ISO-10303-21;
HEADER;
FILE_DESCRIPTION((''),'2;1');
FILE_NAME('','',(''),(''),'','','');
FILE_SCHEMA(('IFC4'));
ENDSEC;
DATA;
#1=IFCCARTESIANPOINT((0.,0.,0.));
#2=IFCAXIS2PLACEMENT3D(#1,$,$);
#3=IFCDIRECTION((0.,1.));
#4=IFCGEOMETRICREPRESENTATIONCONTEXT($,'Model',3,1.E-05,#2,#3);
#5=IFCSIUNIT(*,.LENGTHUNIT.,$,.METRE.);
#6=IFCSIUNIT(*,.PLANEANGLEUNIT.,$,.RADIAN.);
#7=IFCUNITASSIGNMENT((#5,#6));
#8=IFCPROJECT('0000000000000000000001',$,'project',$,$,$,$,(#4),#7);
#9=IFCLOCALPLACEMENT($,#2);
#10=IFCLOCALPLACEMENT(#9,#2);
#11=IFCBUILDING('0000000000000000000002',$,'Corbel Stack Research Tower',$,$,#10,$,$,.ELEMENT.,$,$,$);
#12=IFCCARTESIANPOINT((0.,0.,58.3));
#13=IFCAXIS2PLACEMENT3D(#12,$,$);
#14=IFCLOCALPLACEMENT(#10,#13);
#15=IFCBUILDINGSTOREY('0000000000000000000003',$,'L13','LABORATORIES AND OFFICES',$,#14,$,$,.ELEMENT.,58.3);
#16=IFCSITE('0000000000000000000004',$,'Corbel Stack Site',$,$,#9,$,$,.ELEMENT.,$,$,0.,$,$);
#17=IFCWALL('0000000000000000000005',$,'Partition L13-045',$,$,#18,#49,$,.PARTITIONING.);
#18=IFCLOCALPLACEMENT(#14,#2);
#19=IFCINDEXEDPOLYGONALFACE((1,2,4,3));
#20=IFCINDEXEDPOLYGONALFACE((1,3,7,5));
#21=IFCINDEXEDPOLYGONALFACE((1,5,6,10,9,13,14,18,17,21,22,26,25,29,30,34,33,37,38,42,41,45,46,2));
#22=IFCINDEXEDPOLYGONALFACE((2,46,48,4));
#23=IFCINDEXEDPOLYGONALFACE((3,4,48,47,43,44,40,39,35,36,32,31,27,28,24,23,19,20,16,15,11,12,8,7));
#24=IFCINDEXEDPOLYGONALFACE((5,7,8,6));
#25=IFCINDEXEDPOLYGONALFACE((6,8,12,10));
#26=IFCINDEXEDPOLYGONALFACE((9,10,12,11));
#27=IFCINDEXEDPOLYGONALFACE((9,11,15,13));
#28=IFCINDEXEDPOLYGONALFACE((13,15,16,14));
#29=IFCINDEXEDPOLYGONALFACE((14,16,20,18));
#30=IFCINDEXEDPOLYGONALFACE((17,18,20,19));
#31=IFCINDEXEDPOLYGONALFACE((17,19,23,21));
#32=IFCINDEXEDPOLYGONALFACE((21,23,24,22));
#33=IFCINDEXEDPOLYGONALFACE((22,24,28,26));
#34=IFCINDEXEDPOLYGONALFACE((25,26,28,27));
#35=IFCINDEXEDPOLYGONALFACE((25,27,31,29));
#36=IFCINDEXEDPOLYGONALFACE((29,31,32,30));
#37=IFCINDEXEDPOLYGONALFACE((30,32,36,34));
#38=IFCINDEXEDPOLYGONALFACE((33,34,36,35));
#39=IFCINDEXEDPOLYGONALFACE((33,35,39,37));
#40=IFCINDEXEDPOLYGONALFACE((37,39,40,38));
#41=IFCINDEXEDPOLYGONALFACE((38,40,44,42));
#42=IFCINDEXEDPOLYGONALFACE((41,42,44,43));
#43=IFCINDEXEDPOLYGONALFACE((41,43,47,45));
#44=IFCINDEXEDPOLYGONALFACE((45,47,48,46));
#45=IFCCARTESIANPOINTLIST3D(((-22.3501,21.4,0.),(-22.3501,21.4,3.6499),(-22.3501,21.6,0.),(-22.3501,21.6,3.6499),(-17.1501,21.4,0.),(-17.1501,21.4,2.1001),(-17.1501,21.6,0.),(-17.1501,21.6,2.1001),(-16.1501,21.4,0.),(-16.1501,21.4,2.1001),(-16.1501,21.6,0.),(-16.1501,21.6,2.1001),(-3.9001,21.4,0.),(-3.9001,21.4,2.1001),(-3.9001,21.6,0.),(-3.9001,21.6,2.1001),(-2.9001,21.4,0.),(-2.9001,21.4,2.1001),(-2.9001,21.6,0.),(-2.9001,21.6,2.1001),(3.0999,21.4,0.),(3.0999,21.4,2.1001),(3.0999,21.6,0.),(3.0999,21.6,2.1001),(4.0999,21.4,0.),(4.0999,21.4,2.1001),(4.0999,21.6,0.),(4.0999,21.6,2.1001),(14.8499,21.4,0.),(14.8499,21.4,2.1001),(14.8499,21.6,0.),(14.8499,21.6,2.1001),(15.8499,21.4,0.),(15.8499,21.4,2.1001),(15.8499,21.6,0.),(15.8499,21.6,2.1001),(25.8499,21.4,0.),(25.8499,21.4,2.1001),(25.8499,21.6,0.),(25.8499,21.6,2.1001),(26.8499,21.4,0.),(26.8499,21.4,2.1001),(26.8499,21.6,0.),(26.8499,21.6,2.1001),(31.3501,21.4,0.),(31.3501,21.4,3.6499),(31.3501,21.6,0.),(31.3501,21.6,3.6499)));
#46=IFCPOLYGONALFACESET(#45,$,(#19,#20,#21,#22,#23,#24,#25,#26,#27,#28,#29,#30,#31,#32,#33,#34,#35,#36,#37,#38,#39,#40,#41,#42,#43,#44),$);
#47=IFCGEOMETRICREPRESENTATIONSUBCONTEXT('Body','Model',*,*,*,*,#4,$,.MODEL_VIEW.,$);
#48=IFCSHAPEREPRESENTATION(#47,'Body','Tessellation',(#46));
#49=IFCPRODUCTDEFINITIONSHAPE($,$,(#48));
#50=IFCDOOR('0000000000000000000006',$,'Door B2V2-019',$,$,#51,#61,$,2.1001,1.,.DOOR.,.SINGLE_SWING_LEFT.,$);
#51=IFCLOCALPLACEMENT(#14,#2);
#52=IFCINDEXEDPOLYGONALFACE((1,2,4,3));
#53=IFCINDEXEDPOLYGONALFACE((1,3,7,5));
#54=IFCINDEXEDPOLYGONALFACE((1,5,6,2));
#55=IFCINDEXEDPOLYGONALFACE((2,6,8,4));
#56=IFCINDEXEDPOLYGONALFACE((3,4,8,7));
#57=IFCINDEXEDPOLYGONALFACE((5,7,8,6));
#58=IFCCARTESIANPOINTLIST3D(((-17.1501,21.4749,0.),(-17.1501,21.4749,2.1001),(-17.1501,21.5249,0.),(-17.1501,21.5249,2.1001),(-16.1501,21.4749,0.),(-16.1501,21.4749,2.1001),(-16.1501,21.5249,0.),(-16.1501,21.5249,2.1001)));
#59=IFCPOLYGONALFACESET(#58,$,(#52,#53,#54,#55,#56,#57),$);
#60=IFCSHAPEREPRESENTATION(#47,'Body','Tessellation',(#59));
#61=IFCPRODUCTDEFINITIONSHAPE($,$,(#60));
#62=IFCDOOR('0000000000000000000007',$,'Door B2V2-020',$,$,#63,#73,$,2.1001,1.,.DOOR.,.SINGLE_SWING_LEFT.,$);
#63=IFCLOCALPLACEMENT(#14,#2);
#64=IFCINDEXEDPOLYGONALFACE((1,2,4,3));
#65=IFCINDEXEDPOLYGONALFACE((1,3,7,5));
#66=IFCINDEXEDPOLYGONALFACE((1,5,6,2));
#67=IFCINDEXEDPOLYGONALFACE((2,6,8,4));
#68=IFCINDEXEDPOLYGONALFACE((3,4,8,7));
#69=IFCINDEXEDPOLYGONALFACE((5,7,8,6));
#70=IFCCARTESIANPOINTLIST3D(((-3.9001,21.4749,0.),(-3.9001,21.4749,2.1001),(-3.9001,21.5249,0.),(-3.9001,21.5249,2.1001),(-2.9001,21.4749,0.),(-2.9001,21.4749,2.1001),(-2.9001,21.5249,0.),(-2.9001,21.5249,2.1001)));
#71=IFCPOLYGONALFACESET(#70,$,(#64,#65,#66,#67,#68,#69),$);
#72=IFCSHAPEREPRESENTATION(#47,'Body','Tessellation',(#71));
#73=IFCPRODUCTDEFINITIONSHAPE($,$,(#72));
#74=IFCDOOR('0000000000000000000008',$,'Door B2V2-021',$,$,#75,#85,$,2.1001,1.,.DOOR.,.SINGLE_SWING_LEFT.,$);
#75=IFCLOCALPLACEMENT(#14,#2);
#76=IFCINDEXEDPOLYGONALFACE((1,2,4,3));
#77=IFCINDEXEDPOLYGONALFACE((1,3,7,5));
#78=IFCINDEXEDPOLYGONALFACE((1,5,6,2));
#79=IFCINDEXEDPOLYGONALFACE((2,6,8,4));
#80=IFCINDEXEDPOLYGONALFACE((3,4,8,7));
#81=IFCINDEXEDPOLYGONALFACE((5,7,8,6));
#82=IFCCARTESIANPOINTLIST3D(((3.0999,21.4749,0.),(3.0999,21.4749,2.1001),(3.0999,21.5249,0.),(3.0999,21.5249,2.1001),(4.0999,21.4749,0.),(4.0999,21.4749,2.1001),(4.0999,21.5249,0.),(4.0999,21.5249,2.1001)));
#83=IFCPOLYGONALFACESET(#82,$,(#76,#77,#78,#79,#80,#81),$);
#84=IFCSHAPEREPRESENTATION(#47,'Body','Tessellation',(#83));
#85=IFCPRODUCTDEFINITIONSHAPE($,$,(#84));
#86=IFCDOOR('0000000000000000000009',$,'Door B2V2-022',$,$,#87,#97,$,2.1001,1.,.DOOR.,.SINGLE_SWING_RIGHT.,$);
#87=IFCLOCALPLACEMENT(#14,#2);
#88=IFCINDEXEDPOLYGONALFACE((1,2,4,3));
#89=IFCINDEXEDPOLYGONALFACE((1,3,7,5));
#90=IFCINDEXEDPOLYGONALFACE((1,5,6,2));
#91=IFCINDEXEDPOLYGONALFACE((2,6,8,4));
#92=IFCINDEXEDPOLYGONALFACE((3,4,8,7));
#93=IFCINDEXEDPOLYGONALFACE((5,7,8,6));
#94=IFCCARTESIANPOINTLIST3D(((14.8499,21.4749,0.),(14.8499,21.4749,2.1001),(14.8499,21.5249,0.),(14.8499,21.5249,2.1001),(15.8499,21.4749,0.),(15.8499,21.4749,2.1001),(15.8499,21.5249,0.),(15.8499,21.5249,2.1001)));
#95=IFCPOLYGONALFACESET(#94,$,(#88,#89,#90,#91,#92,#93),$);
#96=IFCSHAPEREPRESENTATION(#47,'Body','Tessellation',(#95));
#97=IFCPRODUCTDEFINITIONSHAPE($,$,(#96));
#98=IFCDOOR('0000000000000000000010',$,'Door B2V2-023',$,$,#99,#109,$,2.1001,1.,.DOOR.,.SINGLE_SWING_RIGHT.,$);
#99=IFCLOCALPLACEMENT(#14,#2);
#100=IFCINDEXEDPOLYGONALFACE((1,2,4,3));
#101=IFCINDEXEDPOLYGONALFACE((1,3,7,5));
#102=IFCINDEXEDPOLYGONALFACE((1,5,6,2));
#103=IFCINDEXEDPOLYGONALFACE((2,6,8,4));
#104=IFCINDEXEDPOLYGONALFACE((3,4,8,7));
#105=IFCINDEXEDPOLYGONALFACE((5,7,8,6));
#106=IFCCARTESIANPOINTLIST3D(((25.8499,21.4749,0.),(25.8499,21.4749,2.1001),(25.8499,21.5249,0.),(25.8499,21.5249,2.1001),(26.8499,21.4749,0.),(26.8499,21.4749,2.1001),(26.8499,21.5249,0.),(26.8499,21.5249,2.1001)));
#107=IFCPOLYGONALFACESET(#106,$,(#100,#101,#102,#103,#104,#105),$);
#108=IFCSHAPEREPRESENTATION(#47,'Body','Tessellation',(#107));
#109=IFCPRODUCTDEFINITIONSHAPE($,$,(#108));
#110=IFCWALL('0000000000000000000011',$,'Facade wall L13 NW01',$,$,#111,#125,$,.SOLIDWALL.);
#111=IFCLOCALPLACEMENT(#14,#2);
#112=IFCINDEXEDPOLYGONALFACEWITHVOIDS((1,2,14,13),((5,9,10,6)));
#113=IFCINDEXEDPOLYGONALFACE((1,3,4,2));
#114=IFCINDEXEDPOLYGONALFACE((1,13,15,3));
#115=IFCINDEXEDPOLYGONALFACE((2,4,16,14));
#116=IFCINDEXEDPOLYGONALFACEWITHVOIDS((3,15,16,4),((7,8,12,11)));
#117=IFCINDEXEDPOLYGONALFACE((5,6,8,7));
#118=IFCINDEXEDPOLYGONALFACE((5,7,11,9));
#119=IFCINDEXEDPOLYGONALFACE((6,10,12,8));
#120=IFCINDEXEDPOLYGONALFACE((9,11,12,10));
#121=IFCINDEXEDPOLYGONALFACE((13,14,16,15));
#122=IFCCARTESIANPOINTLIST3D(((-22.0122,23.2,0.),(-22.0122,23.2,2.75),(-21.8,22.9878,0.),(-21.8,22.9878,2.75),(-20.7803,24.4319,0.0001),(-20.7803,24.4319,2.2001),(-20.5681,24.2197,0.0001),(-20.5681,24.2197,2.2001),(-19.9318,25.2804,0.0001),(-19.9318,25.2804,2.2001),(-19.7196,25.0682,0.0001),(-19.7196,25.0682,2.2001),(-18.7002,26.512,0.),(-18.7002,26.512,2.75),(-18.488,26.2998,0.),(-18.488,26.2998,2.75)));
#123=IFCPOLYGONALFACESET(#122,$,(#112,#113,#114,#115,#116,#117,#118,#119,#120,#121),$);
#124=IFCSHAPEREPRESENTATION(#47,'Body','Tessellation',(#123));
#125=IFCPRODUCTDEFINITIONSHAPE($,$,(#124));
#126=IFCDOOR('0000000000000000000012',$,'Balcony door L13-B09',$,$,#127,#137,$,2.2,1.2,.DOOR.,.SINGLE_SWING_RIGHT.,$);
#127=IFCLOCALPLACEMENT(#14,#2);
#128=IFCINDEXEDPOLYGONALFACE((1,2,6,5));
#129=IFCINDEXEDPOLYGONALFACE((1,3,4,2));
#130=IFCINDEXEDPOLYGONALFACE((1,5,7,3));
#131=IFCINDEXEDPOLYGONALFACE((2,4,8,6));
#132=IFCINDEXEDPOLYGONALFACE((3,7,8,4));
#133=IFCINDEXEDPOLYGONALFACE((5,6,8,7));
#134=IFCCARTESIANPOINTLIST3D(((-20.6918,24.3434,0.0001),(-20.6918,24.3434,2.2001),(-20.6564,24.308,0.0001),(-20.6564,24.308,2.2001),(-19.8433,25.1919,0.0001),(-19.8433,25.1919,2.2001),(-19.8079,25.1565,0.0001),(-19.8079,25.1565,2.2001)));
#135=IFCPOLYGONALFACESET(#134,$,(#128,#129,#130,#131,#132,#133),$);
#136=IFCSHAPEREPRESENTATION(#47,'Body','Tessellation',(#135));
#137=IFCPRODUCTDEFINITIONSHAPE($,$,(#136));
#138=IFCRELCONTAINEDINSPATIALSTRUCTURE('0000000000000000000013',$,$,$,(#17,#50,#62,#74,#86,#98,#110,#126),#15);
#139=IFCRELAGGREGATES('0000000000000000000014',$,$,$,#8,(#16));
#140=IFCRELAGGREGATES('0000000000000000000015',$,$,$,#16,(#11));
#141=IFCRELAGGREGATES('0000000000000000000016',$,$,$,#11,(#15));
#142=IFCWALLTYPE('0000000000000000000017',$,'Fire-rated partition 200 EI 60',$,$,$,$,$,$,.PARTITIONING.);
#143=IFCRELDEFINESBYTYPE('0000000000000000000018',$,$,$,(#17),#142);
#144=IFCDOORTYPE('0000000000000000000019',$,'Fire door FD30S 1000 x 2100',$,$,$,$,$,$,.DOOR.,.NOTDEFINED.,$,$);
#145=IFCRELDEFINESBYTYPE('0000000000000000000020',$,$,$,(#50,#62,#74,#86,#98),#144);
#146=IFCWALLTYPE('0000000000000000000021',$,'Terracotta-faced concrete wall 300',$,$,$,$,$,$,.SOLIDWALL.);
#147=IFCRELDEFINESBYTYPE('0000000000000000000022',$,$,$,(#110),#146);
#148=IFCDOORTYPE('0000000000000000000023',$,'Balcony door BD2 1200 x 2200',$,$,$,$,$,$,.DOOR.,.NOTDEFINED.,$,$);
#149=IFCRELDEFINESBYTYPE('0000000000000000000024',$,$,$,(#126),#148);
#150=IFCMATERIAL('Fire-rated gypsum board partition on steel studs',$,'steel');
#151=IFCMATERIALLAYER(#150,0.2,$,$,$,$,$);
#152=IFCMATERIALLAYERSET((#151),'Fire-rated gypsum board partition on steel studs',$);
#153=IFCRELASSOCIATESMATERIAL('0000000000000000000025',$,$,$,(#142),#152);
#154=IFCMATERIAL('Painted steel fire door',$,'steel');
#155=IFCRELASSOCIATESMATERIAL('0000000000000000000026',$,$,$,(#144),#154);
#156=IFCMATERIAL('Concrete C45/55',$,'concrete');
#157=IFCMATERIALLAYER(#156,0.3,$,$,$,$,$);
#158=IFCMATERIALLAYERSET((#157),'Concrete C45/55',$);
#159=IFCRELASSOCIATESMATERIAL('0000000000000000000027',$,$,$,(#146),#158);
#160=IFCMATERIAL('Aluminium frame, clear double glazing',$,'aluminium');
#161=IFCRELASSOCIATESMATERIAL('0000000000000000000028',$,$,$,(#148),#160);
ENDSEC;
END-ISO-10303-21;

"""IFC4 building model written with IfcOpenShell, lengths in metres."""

from ifc_helpers import new_model, si_unit, direction, frame, frame_2d, origin, place, context, subcontext, project, spatial, rectangle, extrude, material, layer, layer_set, type_object, element, fill, save


model = new_model("IFC4")

# Units and contexts
model_context = context("Model", 3, precision=1e-05, world=origin(), true_north=direction((0.0, 1.0)))
body_context = subcontext(model_context, "Body", "Model", "MODEL_VIEW")
ifc_project = project(units=[si_unit("LENGTHUNIT", "METRE"), si_unit("PLANEANGLEUNIT", "RADIAN")], contexts=[model_context])

# Site, building, storey
site_placement = place(None, origin())
site = spatial("IfcSite", under=ifc_project, at=site_placement, Name="Corbel Stack Site", CompositionType="ELEMENT", RefElevation=0.0)
building_placement = place(site_placement, origin())
building = spatial("IfcBuilding", under=site, at=building_placement, Name="Corbel Stack Research Tower", CompositionType="ELEMENT")
storey_placement = place(building_placement, frame((0.0, 0.0, 58.3)))
storey = spatial("IfcBuildingStorey", under=building, at=storey_placement, Name="L13", Description="LABORATORIES AND OFFICES", CompositionType="ELEMENT", Elevation=58.3)

# Shared definitions
ifc_material_1 = material(Name="Fire-rated gypsum board partition on steel studs", Category="steel")
ifc_layer_1 = layer(ifc_material_1, 0.2)
ifc_layer_set_1 = layer_set([ifc_layer_1], Name="Fire-rated gypsum board partition on steel studs")
wall_type_1 = type_object("IfcWallType", Name="Fire-rated partition 200 EI 60", PredefinedType="PARTITIONING", material=ifc_layer_set_1)
ifc_material_2 = material(Name="Painted steel fire door", Category="steel")
door_type_1 = type_object("IfcDoorType", Name="Fire door FD30S 1000 x 2100", OperationType="NOTDEFINED", PredefinedType="DOOR", material=ifc_material_2)

# Wall, openings, doors
wall_1_placement = place(storey_placement, frame((-22.3501, 21.5, 0.0), z_axis=(0.0, 0.0, 1.0), x_axis=(1.0, 0.0, 0.0)))
wall_1 = element("IfcWall", 1, at=wall_1_placement, inside=storey, type_object=wall_type_1, Name="Partition L13-045", PredefinedType="PARTITIONING", context=body_context, shape_type="SweptSolid", body=[
    extrude(rectangle(XDim=53.7002, YDim=0.2, at=frame_2d((26.8501, 0.0))), origin(), (0.0, 0.0, 1.0), 3.6499),
])
opening_1_placement = place(wall_1_placement, frame((5.2, 0.0, 0.0)))
opening_1 = element("IfcOpeningElement", 2, at=opening_1_placement, cuts=wall_1, PredefinedType="OPENING", context=body_context, shape_type="SweptSolid", body=[
    extrude(rectangle(XDim=1.0, YDim=2.1001, at=frame_2d((0.5, 1.05))), frame((0.0, 0.1099, 0.0), z_axis=(0.0, -1.0, 0.0), x_axis=(1.0, 0.0, 0.0)), (0.0, 0.0, 1.0), 0.22),
])
opening_2_placement = place(wall_1_placement, frame((18.45, 0.0, 0.0)))
opening_2 = element("IfcOpeningElement", 3, at=opening_2_placement, cuts=wall_1, PredefinedType="OPENING", context=body_context, shape_type="SweptSolid", body=[
    extrude(rectangle(XDim=1.0, YDim=2.1001, at=frame_2d((0.5, 1.05))), frame((0.0, 0.1099, 0.0), z_axis=(0.0, -1.0, 0.0), x_axis=(1.0, 0.0, 0.0)), (0.0, 0.0, 1.0), 0.22),
])
opening_3_placement = place(wall_1_placement, frame((25.45, 0.0, 0.0)))
opening_3 = element("IfcOpeningElement", 4, at=opening_3_placement, cuts=wall_1, PredefinedType="OPENING", context=body_context, shape_type="SweptSolid", body=[
    extrude(rectangle(XDim=1.0, YDim=2.1001, at=frame_2d((0.5, 1.05))), frame((0.0, 0.1099, 0.0), z_axis=(0.0, -1.0, 0.0), x_axis=(1.0, 0.0, 0.0)), (0.0, 0.0, 1.0), 0.22),
])
opening_4_placement = place(wall_1_placement, frame((37.2, 0.0, 0.0)))
opening_4 = element("IfcOpeningElement", 5, at=opening_4_placement, cuts=wall_1, PredefinedType="OPENING", context=body_context, shape_type="SweptSolid", body=[
    extrude(rectangle(XDim=1.0, YDim=2.1001, at=frame_2d((0.5, 1.05))), frame((0.0, 0.1099, 0.0), z_axis=(0.0, -1.0, 0.0), x_axis=(1.0, 0.0, 0.0)), (0.0, 0.0, 1.0), 0.22),
])
opening_5_placement = place(wall_1_placement, frame((48.2, 0.0, 0.0)))
opening_5 = element("IfcOpeningElement", 6, at=opening_5_placement, cuts=wall_1, PredefinedType="OPENING", context=body_context, shape_type="SweptSolid", body=[
    extrude(rectangle(XDim=1.0, YDim=2.1001, at=frame_2d((0.5, 1.05))), frame((0.0, 0.1099, 0.0), z_axis=(0.0, -1.0, 0.0), x_axis=(1.0, 0.0, 0.0)), (0.0, 0.0, 1.0), 0.22),
])
door_1_placement = place(opening_1_placement, origin())
door_1 = element("IfcDoor", 7, at=door_1_placement, inside=storey, type_object=door_type_1, Name="Door B2V2-019", OperationType="SINGLE_SWING_LEFT", OverallHeight=2.1001, OverallWidth=1.0, PredefinedType="DOOR", context=body_context, shape_type="SweptSolid", body=[
    extrude(rectangle(XDim=1.0, YDim=2.1001, at=frame_2d((0.5, 1.05))), frame((0.0, 0.0249, 0.0), z_axis=(0.0, -1.0, 0.0), x_axis=(1.0, 0.0, 0.0)), (0.0, 0.0, 1.0), 0.05),
])
fill(opening_1, door_1)
door_2_placement = place(opening_2_placement, origin())
door_2 = element("IfcDoor", 8, at=door_2_placement, inside=storey, type_object=door_type_1, Name="Door B2V2-020", OperationType="SINGLE_SWING_LEFT", OverallHeight=2.1001, OverallWidth=1.0, PredefinedType="DOOR", context=body_context, shape_type="SweptSolid", body=[
    extrude(rectangle(XDim=1.0, YDim=2.1001, at=frame_2d((0.5, 1.05))), frame((0.0, 0.0249, 0.0), z_axis=(0.0, -1.0, 0.0), x_axis=(1.0, 0.0, 0.0)), (0.0, 0.0, 1.0), 0.05),
])
fill(opening_2, door_2)
door_3_placement = place(opening_3_placement, origin())
door_3 = element("IfcDoor", 9, at=door_3_placement, inside=storey, type_object=door_type_1, Name="Door B2V2-021", OperationType="SINGLE_SWING_LEFT", OverallHeight=2.1001, OverallWidth=1.0, PredefinedType="DOOR", context=body_context, shape_type="SweptSolid", body=[
    extrude(rectangle(XDim=1.0, YDim=2.1001, at=frame_2d((0.5, 1.05))), frame((0.0, 0.0249, 0.0), z_axis=(0.0, -1.0, 0.0), x_axis=(1.0, 0.0, 0.0)), (0.0, 0.0, 1.0), 0.05),
])
fill(opening_3, door_3)
door_4_placement = place(opening_4_placement, origin())
door_4 = element("IfcDoor", 10, at=door_4_placement, inside=storey, type_object=door_type_1, Name="Door B2V2-022", OperationType="SINGLE_SWING_RIGHT", OverallHeight=2.1001, OverallWidth=1.0, PredefinedType="DOOR", context=body_context, shape_type="SweptSolid", body=[
    extrude(rectangle(XDim=1.0, YDim=2.1001, at=frame_2d((0.5, 1.05))), frame((0.0, 0.0249, 0.0), z_axis=(0.0, -1.0, 0.0), x_axis=(1.0, 0.0, 0.0)), (0.0, 0.0, 1.0), 0.05),
])
fill(opening_4, door_4)
door_5_placement = place(opening_5_placement, origin())
door_5 = element("IfcDoor", 11, at=door_5_placement, inside=storey, type_object=door_type_1, Name="Door B2V2-023", OperationType="SINGLE_SWING_RIGHT", OverallHeight=2.1001, OverallWidth=1.0, PredefinedType="DOOR", context=body_context, shape_type="SweptSolid", body=[
    extrude(rectangle(XDim=1.0, YDim=2.1001, at=frame_2d((0.5, 1.05))), frame((0.0, 0.0249, 0.0), z_axis=(0.0, -1.0, 0.0), x_axis=(1.0, 0.0, 0.0)), (0.0, 0.0, 1.0), 0.05),
])
fill(opening_5, door_5)

# Wall, opening, door
ifc_material_3 = material(Name="Concrete C45/55", Category="concrete")
ifc_layer_2 = layer(ifc_material_3, 0.3)
ifc_layer_set_2 = layer_set([ifc_layer_2], Name="Concrete C45/55")
wall_type_2 = type_object("IfcWallType", Name="Terracotta-faced concrete wall 300", PredefinedType="SOLIDWALL", material=ifc_layer_set_2)
wall_2_placement = place(storey_placement, frame((-21.906, 23.094, 0.0), z_axis=(0.0, 0.0, 1.0), x_axis=(0.707107, 0.707107, 0.0)))
wall_2 = element("IfcWall", 12, at=wall_2_placement, inside=storey, type_object=wall_type_2, Name="Facade wall L13 NW01", PredefinedType="SOLIDWALL", context=body_context, shape_type="SweptSolid", body=[
    extrude(rectangle(XDim=4.6838, YDim=0.3, at=frame_2d((2.3418, 0.0))), origin(), (0.0, 0.0, 1.0), 2.75),
])
opening_6_placement = place(wall_2_placement, frame((1.7419, 0.0, 0.0)))
opening_6 = element("IfcOpeningElement", 13, at=opening_6_placement, cuts=wall_2, PredefinedType="OPENING", context=body_context, shape_type="SweptSolid", body=[
    extrude(rectangle(XDim=1.2, YDim=2.2, at=frame_2d((0.6001, 1.1001))), frame((0.0, 0.1599, 0.0), z_axis=(0.0, -1.0, 0.0), x_axis=(1.0, 0.0, 0.0)), (0.0, 0.0, 1.0), 0.3201),
])
ifc_material_4 = material(Name="Aluminium frame, clear double glazing", Category="aluminium")
door_type_2 = type_object("IfcDoorType", Name="Balcony door BD2 1200 x 2200", OperationType="NOTDEFINED", PredefinedType="DOOR", material=ifc_material_4)
door_6_placement = place(opening_6_placement, origin())
door_6 = element("IfcDoor", 14, at=door_6_placement, inside=storey, type_object=door_type_2, Name="Balcony door L13-B09", OperationType="SINGLE_SWING_RIGHT", OverallHeight=2.2, OverallWidth=1.2, PredefinedType="DOOR", context=body_context, shape_type="SweptSolid", body=[
    extrude(rectangle(XDim=1.2, YDim=2.2, at=frame_2d((0.6001, 1.1001))), frame((0.0, 0.0249, 0.0), z_axis=(0.0, -1.0, 0.0), x_axis=(1.0, 0.0, 0.0)), (0.0, 0.0, 1.0), 0.05),
])
fill(opening_6, door_6)

save(model, "model.ifc")
